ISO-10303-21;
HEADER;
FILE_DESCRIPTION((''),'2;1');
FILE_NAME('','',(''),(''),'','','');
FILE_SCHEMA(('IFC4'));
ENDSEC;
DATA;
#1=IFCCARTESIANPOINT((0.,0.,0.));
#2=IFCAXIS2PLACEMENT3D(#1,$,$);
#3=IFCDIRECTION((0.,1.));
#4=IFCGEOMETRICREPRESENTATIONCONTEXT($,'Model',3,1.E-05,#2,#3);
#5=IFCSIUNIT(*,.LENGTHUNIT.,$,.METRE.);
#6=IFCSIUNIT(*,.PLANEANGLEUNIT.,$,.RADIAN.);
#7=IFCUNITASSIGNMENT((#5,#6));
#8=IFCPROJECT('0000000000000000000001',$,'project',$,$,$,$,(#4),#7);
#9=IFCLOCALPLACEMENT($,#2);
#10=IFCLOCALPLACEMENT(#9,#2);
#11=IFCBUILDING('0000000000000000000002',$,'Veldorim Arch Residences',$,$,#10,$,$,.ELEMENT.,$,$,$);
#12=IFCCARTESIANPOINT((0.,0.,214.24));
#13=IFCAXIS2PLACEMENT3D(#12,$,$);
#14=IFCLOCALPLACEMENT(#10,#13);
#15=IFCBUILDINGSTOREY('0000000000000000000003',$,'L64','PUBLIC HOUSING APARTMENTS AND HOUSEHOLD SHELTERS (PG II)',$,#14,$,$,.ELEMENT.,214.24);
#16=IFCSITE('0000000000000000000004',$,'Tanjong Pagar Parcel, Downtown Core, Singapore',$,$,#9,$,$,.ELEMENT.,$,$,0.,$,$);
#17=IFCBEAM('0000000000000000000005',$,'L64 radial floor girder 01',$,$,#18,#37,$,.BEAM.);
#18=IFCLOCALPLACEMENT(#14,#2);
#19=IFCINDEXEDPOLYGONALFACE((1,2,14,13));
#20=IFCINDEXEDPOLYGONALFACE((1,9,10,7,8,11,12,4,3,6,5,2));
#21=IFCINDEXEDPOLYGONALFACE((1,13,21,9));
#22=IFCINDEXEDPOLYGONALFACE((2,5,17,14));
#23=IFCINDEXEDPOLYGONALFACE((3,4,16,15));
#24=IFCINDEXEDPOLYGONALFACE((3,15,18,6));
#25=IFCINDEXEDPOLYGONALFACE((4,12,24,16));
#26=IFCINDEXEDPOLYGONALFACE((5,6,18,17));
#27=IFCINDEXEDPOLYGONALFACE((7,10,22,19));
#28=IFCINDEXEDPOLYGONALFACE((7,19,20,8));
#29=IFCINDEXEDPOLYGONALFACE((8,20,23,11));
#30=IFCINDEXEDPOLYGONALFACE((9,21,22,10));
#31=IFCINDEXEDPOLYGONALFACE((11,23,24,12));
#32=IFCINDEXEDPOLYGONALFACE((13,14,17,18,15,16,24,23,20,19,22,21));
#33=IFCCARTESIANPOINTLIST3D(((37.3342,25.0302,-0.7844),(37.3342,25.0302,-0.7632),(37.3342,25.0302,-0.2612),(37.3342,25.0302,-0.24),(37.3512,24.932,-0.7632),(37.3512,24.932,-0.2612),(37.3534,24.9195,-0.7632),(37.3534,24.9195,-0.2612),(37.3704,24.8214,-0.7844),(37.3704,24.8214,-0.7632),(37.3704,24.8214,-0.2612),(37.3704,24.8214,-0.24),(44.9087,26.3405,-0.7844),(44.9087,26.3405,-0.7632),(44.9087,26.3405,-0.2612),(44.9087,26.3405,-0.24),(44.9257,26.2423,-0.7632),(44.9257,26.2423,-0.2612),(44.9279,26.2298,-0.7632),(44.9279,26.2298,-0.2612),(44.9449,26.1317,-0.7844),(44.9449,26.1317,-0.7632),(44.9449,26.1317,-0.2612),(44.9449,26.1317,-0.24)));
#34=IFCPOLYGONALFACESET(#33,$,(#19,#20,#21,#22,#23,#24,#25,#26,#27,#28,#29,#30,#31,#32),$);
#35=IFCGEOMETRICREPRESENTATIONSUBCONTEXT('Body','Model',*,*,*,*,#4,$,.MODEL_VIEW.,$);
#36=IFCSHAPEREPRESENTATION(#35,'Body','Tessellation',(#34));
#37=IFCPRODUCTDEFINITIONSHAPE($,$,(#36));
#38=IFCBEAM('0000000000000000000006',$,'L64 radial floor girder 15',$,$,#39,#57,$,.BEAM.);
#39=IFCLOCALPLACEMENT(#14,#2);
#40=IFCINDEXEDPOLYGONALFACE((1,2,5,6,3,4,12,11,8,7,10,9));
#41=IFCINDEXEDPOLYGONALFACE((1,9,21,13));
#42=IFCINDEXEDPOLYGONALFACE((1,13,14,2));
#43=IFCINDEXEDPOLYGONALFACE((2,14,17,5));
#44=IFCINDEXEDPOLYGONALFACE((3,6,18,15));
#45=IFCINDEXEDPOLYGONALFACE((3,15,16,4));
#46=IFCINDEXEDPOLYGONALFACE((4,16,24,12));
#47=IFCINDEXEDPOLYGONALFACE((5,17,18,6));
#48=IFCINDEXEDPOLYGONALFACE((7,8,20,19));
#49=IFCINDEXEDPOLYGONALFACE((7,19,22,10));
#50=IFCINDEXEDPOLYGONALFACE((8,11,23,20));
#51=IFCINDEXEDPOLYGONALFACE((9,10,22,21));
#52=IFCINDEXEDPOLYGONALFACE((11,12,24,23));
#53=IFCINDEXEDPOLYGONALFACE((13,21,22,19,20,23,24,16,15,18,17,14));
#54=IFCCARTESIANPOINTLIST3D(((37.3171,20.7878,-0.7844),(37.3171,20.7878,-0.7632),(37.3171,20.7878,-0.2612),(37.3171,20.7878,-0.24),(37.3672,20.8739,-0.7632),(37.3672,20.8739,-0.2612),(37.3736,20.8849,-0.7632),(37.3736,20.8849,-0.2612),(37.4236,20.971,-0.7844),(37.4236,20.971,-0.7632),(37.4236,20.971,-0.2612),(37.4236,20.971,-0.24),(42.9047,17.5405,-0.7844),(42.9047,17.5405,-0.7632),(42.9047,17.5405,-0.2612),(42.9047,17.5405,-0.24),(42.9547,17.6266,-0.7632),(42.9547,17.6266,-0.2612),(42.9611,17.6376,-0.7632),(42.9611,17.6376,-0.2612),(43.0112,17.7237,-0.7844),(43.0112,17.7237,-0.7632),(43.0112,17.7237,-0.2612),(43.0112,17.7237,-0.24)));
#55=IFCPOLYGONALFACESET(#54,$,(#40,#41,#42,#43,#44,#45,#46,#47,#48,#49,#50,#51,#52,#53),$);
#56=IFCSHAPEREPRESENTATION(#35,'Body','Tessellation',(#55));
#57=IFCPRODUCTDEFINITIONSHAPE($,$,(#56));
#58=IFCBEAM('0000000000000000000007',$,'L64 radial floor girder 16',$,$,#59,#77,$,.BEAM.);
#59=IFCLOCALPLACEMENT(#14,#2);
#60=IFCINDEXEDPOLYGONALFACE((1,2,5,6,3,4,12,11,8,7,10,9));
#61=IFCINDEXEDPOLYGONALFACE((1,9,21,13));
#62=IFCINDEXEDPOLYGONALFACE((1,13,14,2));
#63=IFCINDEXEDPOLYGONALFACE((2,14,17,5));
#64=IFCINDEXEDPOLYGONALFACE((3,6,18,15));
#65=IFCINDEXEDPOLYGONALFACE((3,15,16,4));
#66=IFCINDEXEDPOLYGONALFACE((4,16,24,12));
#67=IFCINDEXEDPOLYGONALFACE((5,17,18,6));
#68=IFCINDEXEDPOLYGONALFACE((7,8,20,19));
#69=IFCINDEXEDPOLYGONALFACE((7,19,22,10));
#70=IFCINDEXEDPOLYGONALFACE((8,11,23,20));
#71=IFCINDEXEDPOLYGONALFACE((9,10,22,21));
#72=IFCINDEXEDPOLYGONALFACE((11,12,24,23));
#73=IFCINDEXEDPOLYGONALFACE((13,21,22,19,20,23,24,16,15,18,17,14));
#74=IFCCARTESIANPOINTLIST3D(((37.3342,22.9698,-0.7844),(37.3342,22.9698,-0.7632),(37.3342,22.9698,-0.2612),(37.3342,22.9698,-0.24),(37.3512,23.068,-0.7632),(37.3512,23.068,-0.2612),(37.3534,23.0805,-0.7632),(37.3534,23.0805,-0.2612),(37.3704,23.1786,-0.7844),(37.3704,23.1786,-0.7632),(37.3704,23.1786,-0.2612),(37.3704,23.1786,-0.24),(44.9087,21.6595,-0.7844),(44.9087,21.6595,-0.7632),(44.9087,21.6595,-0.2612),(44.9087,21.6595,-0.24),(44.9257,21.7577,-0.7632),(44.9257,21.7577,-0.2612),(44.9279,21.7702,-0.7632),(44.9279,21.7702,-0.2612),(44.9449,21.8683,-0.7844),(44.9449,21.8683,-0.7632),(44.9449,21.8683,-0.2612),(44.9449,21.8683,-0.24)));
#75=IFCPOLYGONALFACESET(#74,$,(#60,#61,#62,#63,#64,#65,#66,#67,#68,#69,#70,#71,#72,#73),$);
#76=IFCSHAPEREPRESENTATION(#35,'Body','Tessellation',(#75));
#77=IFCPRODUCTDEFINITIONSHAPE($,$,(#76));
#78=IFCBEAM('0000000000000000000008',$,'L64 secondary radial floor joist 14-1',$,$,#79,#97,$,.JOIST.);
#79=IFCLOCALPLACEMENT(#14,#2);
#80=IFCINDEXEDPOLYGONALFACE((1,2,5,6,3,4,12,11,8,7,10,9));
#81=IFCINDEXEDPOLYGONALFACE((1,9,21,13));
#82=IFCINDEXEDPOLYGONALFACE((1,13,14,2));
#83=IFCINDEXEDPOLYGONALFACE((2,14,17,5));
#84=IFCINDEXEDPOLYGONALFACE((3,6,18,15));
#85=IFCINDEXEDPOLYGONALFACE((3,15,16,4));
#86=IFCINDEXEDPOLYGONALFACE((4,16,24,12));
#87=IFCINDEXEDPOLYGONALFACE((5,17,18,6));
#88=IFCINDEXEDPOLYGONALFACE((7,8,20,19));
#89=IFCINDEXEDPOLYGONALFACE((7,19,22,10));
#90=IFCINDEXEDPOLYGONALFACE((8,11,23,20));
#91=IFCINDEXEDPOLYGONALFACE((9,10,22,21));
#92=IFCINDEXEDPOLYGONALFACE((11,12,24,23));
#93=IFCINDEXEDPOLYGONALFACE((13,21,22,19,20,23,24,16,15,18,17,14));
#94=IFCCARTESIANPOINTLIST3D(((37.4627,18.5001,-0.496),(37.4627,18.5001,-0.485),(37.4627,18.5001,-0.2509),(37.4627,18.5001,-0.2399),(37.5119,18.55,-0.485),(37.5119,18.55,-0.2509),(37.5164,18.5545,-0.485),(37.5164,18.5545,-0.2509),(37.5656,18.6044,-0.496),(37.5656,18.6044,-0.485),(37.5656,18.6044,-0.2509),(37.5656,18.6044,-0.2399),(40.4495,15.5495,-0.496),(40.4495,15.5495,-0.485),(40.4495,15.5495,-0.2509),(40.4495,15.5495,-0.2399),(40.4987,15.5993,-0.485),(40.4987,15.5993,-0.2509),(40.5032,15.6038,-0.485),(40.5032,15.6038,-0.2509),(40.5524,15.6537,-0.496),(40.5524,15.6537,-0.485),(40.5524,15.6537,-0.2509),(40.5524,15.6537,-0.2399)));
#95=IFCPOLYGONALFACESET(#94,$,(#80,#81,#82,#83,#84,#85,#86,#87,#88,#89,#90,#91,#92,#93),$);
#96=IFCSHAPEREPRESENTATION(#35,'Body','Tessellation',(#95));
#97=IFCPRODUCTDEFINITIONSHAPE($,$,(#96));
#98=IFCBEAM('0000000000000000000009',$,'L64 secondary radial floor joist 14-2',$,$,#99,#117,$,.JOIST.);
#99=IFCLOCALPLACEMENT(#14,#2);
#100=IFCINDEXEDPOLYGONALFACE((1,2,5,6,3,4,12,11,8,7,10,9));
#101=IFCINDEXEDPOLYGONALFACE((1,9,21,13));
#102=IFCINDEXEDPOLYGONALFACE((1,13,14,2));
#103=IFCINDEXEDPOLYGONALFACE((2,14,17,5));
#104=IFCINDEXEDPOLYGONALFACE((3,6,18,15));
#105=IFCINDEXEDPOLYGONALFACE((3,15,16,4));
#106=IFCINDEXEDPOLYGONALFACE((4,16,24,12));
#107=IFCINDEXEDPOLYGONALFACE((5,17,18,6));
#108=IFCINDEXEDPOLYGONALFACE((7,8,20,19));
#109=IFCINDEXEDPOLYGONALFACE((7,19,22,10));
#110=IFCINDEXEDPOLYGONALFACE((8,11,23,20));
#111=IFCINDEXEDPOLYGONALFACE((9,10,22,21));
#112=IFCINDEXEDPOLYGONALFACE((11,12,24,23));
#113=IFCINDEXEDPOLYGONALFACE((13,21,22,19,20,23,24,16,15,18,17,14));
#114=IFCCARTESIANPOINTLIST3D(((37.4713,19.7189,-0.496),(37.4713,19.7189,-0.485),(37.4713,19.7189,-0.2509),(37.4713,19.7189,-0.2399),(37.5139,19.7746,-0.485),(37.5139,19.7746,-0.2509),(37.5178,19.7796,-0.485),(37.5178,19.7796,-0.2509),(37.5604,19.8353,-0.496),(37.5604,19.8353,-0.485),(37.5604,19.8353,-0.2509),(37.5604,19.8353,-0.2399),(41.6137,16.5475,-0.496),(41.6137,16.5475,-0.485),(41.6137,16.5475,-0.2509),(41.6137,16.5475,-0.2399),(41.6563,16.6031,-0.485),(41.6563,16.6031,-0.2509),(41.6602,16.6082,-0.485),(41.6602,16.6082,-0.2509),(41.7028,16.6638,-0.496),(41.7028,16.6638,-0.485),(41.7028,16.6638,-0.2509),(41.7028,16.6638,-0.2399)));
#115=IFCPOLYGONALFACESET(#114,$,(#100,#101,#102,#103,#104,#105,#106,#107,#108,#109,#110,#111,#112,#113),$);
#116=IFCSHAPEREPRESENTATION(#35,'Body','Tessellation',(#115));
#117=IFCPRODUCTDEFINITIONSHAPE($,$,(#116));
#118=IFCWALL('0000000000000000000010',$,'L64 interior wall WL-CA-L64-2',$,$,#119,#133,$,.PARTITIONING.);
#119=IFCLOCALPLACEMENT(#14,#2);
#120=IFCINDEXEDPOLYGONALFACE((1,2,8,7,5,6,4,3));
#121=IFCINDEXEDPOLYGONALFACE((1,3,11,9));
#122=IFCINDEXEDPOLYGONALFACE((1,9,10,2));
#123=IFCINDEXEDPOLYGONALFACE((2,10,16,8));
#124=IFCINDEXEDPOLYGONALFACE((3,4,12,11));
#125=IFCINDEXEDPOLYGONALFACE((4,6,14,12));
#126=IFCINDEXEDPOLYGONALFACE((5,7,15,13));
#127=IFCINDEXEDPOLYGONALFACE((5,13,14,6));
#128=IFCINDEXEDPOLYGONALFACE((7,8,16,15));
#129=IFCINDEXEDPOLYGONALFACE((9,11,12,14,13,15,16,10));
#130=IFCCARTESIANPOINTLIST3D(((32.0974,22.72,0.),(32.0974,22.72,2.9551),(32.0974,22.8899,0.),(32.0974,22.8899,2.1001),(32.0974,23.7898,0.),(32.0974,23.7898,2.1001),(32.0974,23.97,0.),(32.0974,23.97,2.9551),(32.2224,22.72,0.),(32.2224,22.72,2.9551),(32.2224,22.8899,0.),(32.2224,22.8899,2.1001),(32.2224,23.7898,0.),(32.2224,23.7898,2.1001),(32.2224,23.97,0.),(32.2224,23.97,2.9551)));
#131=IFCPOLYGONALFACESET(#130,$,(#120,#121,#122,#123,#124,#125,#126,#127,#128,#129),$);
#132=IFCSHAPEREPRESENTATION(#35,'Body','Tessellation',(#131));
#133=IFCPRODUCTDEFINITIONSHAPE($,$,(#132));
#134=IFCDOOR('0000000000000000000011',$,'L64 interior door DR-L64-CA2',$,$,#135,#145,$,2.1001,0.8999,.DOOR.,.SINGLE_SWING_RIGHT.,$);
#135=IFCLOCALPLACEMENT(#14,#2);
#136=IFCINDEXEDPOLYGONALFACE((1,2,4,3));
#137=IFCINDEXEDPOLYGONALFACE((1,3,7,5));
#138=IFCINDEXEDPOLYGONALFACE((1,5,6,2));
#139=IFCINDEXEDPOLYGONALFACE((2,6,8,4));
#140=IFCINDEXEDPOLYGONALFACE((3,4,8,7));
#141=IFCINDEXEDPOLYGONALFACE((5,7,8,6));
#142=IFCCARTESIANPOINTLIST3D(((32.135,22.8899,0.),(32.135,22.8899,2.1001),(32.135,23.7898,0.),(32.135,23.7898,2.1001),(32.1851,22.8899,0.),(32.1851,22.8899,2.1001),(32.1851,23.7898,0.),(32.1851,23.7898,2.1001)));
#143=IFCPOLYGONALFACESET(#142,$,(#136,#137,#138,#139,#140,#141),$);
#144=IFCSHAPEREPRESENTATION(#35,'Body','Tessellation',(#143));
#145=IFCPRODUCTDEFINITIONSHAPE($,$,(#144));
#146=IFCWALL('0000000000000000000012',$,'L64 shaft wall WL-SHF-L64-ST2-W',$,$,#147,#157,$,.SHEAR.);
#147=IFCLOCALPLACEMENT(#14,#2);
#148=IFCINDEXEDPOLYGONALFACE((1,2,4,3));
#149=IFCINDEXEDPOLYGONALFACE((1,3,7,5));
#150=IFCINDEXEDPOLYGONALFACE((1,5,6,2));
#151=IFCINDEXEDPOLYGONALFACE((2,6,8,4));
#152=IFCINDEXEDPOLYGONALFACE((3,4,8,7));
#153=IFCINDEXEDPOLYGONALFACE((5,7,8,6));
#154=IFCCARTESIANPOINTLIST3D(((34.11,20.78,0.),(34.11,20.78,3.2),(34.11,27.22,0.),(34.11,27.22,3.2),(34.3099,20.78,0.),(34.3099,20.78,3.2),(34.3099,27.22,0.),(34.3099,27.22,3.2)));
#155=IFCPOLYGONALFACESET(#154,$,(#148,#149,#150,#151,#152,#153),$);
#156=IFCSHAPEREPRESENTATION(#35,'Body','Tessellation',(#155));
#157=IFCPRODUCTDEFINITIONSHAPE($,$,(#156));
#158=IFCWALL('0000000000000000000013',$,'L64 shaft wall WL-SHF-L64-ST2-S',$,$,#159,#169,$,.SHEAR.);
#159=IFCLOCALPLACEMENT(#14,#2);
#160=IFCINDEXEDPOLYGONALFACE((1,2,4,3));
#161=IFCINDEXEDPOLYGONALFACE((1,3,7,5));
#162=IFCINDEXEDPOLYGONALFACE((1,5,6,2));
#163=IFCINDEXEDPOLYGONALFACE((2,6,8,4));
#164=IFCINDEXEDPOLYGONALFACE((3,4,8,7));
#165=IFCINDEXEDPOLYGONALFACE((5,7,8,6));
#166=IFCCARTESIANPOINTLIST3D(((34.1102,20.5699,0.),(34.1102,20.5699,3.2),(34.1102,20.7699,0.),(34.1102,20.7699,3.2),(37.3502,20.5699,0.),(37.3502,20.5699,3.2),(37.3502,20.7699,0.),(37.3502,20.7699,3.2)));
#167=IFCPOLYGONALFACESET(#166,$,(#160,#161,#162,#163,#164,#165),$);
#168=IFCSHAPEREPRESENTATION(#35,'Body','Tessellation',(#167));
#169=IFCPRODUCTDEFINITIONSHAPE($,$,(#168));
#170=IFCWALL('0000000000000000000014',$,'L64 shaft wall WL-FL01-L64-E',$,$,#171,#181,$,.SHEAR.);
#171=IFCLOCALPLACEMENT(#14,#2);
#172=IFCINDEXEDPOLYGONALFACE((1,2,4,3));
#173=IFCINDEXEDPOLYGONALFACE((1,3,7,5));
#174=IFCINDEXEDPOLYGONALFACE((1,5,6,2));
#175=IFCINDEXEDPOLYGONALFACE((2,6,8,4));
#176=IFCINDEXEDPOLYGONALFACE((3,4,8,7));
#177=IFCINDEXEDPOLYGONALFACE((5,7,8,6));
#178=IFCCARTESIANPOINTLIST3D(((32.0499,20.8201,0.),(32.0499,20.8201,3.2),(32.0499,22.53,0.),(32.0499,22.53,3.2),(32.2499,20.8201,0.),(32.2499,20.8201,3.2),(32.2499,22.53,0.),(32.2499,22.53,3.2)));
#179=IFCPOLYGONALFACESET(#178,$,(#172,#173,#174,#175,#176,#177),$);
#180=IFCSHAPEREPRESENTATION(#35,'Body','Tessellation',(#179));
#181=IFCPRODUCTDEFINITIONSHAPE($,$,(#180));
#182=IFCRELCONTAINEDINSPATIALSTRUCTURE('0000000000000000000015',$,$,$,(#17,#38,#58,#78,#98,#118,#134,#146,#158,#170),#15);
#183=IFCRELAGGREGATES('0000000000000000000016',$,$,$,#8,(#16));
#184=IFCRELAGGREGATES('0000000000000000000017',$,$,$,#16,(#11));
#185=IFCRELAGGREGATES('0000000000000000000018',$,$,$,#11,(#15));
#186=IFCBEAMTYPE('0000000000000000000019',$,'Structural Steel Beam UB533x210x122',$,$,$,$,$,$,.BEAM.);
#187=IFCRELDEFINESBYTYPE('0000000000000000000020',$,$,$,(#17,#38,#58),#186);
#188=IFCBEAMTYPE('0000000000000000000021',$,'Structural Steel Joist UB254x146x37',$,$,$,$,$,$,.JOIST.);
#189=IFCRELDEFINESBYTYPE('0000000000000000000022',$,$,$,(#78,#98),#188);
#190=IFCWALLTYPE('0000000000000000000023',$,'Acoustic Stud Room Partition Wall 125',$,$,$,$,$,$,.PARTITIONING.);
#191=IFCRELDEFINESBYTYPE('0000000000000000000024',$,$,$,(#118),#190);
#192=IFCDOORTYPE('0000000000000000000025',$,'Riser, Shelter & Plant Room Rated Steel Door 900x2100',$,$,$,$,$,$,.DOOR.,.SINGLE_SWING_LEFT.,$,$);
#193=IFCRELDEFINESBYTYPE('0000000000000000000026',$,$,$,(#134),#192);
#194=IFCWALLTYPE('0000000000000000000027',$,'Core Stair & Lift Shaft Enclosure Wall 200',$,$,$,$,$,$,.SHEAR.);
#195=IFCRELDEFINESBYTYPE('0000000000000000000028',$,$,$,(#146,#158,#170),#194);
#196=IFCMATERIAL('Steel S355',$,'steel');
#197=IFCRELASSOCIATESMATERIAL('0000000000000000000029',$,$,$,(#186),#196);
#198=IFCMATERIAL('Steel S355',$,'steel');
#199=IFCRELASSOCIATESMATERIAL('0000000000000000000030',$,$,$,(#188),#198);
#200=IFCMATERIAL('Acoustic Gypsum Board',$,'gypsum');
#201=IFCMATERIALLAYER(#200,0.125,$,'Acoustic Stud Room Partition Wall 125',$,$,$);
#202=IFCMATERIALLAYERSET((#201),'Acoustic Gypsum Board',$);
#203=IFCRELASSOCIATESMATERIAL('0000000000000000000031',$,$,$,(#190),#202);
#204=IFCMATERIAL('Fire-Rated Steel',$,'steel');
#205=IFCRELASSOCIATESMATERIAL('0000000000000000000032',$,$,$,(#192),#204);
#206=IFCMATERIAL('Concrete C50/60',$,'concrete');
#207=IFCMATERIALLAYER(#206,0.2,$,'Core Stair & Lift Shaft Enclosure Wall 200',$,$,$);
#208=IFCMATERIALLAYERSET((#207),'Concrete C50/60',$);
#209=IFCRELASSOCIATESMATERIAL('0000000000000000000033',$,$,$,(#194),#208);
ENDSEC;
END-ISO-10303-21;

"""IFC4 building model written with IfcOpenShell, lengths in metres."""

from ifc_helpers import new_model, si_unit, direction, frame, frame_2d, origin, origin_2d, place, context, subcontext, project, spatial, rectangle, i_section, extrude, material, layer, layer_set, material_profile, profile_set, type_object, element, fill, save


model = new_model("IFC4")

# Units and contexts
model_context = context("Model", 3, precision=1e-05, world=origin(), true_north=direction((0.0, 1.0)))
body_context = subcontext(model_context, "Body", "Model", "MODEL_VIEW")
ifc_project = project(units=[si_unit("LENGTHUNIT", "METRE"), si_unit("PLANEANGLEUNIT", "RADIAN")], contexts=[model_context])

# Site, building, storey
site_placement = place(None, origin())
site = spatial("IfcSite", under=ifc_project, at=site_placement, Name="Tanjong Pagar Parcel, Downtown Core, Singapore", CompositionType="ELEMENT", RefElevation=0.0)
building_placement = place(site_placement, origin())
building = spatial("IfcBuilding", under=site, at=building_placement, Name="Veldorim Arch Residences", CompositionType="ELEMENT")
storey_placement = place(building_placement, frame((0.0, 0.0, 214.24)))
storey = spatial("IfcBuildingStorey", under=building, at=storey_placement, Name="L64", Description="PUBLIC HOUSING APARTMENTS AND HOUSEHOLD SHELTERS (PG II)", CompositionType="ELEMENT", Elevation=214.24)

# Beams
ifc_material_1 = material(Name="Steel S355", Category="steel")
ifc_material_profile_1 = material_profile(ifc_material_1, i_section(OverallWidth=0.2119, OverallDepth=0.5444, WebThickness=0.0127, FlangeThickness=0.0212, at=origin_2d()), Name="UB533x210x122")
ifc_profile_set_1 = profile_set([ifc_material_profile_1], Name="Steel S355")
beam_type_1 = type_object("IfcBeamType", Name="Structural Steel Beam UB533x210x122", PredefinedType="BEAM", material=ifc_profile_set_1)
beam_1_placement = place(storey_placement, frame((37.3523, 24.9258, -0.5122), z_axis=(0.985365, 0.170458, 0.0), x_axis=(-0.170458, 0.985365, 0.0)))
element("IfcBeam", 1, at=beam_1_placement, inside=storey, type_object=beam_type_1, Name="L64 radial floor girder 01", PredefinedType="BEAM", context=body_context, shape_type="SweptSolid", body=[
    extrude(i_section(OverallWidth=0.2119, OverallDepth=0.5444, WebThickness=0.0127, FlangeThickness=0.0212, at=origin_2d()), origin(), (0.0, 0.0, 1.0), 7.687),
])
beam_2_placement = place(storey_placement, frame((37.3704, 20.8794, -0.5122), z_axis=(0.864596, -0.502468, 0.0), x_axis=(0.502468, 0.864596, 0.0)))
element("IfcBeam", 2, at=beam_2_placement, inside=storey, type_object=beam_type_1, Name="L64 radial floor girder 15", PredefinedType="BEAM", context=body_context, shape_type="SweptSolid", body=[
    extrude(i_section(OverallWidth=0.2119, OverallDepth=0.5444, WebThickness=0.0127, FlangeThickness=0.0212, at=origin_2d()), origin(), (0.0, 0.0, 1.0), 6.4626),
])
beam_3_placement = place(storey_placement, frame((37.3523, 23.0742, -0.5122), z_axis=(0.985365, -0.170458, 0.0), x_axis=(0.170458, 0.985365, 0.0)))
element("IfcBeam", 3, at=beam_3_placement, inside=storey, type_object=beam_type_1, Name="L64 radial floor girder 16", PredefinedType="BEAM", context=body_context, shape_type="SweptSolid", body=[
    extrude(i_section(OverallWidth=0.2119, OverallDepth=0.5444, WebThickness=0.0127, FlangeThickness=0.0212, at=origin_2d()), origin(), (0.0, 0.0, 1.0), 7.687),
])
ifc_material_2 = material(Name="Steel S355", Category="steel")
ifc_material_profile_2 = material_profile(ifc_material_2, i_section(OverallWidth=0.1465, OverallDepth=0.2561, WebThickness=0.0063, FlangeThickness=0.011, at=origin_2d()), Name="UB254x146x37")
ifc_profile_set_2 = profile_set([ifc_material_profile_2], Name="Steel S355")
beam_type_2 = type_object("IfcBeamType", Name="Structural Steel Joist UB254x146x37", PredefinedType="JOIST", material=ifc_profile_set_2)
beam_4_placement = place(storey_placement, frame((37.5142, 18.5522, -0.3679), z_axis=(0.711397, -0.702791, 0.0), x_axis=(0.702791, 0.711397, 0.0)))
element("IfcBeam", 4, at=beam_4_placement, inside=storey, type_object=beam_type_2, Name="L64 secondary radial floor joist 14-1", PredefinedType="JOIST", context=body_context, shape_type="SweptSolid", body=[
    extrude(i_section(OverallWidth=0.1465, OverallDepth=0.2561, WebThickness=0.0063, FlangeThickness=0.011, at=origin_2d()), origin(), (0.0, 0.0, 1.0), 4.1985),
])
beam_5_placement = place(storey_placement, frame((37.5159, 19.7771, -0.3679), z_axis=(0.794014, -0.6079, 0.0), x_axis=(0.6079, 0.794014, 0.0)))
element("IfcBeam", 5, at=beam_5_placement, inside=storey, type_object=beam_type_2, Name="L64 secondary radial floor joist 14-2", PredefinedType="JOIST", context=body_context, shape_type="SweptSolid", body=[
    extrude(i_section(OverallWidth=0.1465, OverallDepth=0.2561, WebThickness=0.0063, FlangeThickness=0.011, at=origin_2d()), origin(), (0.0, 0.0, 1.0), 5.217),
])

# Wall, opening, door
ifc_material_3 = material(Name="Acoustic Gypsum Board", Category="gypsum")
ifc_layer_1 = layer(ifc_material_3, 0.125, Name="Acoustic Stud Room Partition Wall 125")
ifc_layer_set_1 = layer_set([ifc_layer_1], Name="Acoustic Gypsum Board")
wall_type_1 = type_object("IfcWallType", Name="Acoustic Stud Room Partition Wall 125", PredefinedType="PARTITIONING", material=ifc_layer_set_1)
wall_1_placement = place(storey_placement, frame((32.1599, 22.72, 0.0), z_axis=(0.0, 0.0, 1.0), x_axis=(0.0, 1.0, 0.0)))
wall_1 = element("IfcWall", 6, at=wall_1_placement, inside=storey, type_object=wall_type_1, Name="L64 interior wall WL-CA-L64-2", PredefinedType="PARTITIONING", context=body_context, shape_type="SweptSolid", body=[
    extrude(rectangle(XDim=1.25, YDim=0.125, at=frame_2d((0.625, 0.0))), origin(), (0.0, 0.0, 1.0), 2.9551),
])
opening_placement = place(wall_1_placement, frame((0.1699, 0.0, 0.0)))
opening = element("IfcOpeningElement", 7, at=opening_placement, cuts=wall_1, PredefinedType="OPENING", context=body_context, shape_type="SweptSolid", body=[
    extrude(rectangle(XDim=0.8999, YDim=2.1001, at=frame_2d((0.45, 1.05))), frame((0.0, 0.0725, 0.0), z_axis=(0.0, -1.0, 0.0), x_axis=(1.0, 0.0, 0.0)), (0.0, 0.0, 1.0), 0.145),
])
ifc_material_4 = material(Name="Fire-Rated Steel", Category="steel")
door_type = type_object("IfcDoorType", Name="Riser, Shelter & Plant Room Rated Steel Door 900x2100", OperationType="SINGLE_SWING_LEFT", PredefinedType="DOOR", material=ifc_material_4)
door_placement = place(opening_placement, origin())
door = element("IfcDoor", 8, at=door_placement, inside=storey, type_object=door_type, Name="L64 interior door DR-L64-CA2", OperationType="SINGLE_SWING_RIGHT", OverallHeight=2.1001, OverallWidth=0.8999, PredefinedType="DOOR", context=body_context, shape_type="SweptSolid", body=[
    extrude(rectangle(XDim=0.8999, YDim=2.1001, at=frame_2d((0.45, 1.05))), frame((0.0, 0.0249, 0.0), z_axis=(0.0, -1.0, 0.0), x_axis=(1.0, 0.0, 0.0)), (0.0, 0.0, 1.0), 0.05),
])
fill(opening, door)

# Walls
ifc_material_5 = material(Name="Concrete C50/60", Category="concrete")
ifc_layer_2 = layer(ifc_material_5, 0.2, Name="Core Stair & Lift Shaft Enclosure Wall 200")
ifc_layer_set_2 = layer_set([ifc_layer_2], Name="Concrete C50/60")
wall_type_2 = type_object("IfcWallType", Name="Core Stair & Lift Shaft Enclosure Wall 200", PredefinedType="SHEAR", material=ifc_layer_set_2)
wall_2_placement = place(storey_placement, frame((34.21, 20.78, 0.0), z_axis=(0.0, 0.0, 1.0), x_axis=(0.0, 1.0, 0.0)))
element("IfcWall", 9, at=wall_2_placement, inside=storey, type_object=wall_type_2, Name="L64 shaft wall WL-SHF-L64-ST2-W", PredefinedType="SHEAR", context=body_context, shape_type="SweptSolid", body=[
    extrude(rectangle(XDim=6.4399, YDim=0.2, at=frame_2d((3.22, 0.0))), origin(), (0.0, 0.0, 1.0), 3.2),
])
wall_3_placement = place(storey_placement, frame((34.1101, 20.6699, 0.0), z_axis=(0.0, 0.0, 1.0), x_axis=(1.0, 0.0, 0.0)))
element("IfcWall", 10, at=wall_3_placement, inside=storey, type_object=wall_type_2, Name="L64 shaft wall WL-SHF-L64-ST2-S", PredefinedType="SHEAR", context=body_context, shape_type="SweptSolid", body=[
    extrude(rectangle(XDim=3.24, YDim=0.2, at=frame_2d((1.6201, 0.0))), origin(), (0.0, 0.0, 1.0), 3.2),
])
for number, where, z_axis, x_axis, name in (
    (11, (32.1499, 20.8201, 0.0), (0.0, 0.0, 1.0), (0.0, 1.0, 0.0), "L64 shaft wall WL-FL01-L64-E"),
):
    element("IfcWall", number, at=place(storey_placement, frame(where, z_axis=z_axis, x_axis=x_axis)), inside=storey, type_object=wall_type_2, Name=name, PredefinedType="SHEAR", context=body_context, shape_type="SweptSolid", body=[
        extrude(rectangle(XDim=1.71, YDim=0.2, at=frame_2d((0.855, 0.0))), origin(), (0.0, 0.0, 1.0), 3.2),
    ])

save(model, "model.ifc")
